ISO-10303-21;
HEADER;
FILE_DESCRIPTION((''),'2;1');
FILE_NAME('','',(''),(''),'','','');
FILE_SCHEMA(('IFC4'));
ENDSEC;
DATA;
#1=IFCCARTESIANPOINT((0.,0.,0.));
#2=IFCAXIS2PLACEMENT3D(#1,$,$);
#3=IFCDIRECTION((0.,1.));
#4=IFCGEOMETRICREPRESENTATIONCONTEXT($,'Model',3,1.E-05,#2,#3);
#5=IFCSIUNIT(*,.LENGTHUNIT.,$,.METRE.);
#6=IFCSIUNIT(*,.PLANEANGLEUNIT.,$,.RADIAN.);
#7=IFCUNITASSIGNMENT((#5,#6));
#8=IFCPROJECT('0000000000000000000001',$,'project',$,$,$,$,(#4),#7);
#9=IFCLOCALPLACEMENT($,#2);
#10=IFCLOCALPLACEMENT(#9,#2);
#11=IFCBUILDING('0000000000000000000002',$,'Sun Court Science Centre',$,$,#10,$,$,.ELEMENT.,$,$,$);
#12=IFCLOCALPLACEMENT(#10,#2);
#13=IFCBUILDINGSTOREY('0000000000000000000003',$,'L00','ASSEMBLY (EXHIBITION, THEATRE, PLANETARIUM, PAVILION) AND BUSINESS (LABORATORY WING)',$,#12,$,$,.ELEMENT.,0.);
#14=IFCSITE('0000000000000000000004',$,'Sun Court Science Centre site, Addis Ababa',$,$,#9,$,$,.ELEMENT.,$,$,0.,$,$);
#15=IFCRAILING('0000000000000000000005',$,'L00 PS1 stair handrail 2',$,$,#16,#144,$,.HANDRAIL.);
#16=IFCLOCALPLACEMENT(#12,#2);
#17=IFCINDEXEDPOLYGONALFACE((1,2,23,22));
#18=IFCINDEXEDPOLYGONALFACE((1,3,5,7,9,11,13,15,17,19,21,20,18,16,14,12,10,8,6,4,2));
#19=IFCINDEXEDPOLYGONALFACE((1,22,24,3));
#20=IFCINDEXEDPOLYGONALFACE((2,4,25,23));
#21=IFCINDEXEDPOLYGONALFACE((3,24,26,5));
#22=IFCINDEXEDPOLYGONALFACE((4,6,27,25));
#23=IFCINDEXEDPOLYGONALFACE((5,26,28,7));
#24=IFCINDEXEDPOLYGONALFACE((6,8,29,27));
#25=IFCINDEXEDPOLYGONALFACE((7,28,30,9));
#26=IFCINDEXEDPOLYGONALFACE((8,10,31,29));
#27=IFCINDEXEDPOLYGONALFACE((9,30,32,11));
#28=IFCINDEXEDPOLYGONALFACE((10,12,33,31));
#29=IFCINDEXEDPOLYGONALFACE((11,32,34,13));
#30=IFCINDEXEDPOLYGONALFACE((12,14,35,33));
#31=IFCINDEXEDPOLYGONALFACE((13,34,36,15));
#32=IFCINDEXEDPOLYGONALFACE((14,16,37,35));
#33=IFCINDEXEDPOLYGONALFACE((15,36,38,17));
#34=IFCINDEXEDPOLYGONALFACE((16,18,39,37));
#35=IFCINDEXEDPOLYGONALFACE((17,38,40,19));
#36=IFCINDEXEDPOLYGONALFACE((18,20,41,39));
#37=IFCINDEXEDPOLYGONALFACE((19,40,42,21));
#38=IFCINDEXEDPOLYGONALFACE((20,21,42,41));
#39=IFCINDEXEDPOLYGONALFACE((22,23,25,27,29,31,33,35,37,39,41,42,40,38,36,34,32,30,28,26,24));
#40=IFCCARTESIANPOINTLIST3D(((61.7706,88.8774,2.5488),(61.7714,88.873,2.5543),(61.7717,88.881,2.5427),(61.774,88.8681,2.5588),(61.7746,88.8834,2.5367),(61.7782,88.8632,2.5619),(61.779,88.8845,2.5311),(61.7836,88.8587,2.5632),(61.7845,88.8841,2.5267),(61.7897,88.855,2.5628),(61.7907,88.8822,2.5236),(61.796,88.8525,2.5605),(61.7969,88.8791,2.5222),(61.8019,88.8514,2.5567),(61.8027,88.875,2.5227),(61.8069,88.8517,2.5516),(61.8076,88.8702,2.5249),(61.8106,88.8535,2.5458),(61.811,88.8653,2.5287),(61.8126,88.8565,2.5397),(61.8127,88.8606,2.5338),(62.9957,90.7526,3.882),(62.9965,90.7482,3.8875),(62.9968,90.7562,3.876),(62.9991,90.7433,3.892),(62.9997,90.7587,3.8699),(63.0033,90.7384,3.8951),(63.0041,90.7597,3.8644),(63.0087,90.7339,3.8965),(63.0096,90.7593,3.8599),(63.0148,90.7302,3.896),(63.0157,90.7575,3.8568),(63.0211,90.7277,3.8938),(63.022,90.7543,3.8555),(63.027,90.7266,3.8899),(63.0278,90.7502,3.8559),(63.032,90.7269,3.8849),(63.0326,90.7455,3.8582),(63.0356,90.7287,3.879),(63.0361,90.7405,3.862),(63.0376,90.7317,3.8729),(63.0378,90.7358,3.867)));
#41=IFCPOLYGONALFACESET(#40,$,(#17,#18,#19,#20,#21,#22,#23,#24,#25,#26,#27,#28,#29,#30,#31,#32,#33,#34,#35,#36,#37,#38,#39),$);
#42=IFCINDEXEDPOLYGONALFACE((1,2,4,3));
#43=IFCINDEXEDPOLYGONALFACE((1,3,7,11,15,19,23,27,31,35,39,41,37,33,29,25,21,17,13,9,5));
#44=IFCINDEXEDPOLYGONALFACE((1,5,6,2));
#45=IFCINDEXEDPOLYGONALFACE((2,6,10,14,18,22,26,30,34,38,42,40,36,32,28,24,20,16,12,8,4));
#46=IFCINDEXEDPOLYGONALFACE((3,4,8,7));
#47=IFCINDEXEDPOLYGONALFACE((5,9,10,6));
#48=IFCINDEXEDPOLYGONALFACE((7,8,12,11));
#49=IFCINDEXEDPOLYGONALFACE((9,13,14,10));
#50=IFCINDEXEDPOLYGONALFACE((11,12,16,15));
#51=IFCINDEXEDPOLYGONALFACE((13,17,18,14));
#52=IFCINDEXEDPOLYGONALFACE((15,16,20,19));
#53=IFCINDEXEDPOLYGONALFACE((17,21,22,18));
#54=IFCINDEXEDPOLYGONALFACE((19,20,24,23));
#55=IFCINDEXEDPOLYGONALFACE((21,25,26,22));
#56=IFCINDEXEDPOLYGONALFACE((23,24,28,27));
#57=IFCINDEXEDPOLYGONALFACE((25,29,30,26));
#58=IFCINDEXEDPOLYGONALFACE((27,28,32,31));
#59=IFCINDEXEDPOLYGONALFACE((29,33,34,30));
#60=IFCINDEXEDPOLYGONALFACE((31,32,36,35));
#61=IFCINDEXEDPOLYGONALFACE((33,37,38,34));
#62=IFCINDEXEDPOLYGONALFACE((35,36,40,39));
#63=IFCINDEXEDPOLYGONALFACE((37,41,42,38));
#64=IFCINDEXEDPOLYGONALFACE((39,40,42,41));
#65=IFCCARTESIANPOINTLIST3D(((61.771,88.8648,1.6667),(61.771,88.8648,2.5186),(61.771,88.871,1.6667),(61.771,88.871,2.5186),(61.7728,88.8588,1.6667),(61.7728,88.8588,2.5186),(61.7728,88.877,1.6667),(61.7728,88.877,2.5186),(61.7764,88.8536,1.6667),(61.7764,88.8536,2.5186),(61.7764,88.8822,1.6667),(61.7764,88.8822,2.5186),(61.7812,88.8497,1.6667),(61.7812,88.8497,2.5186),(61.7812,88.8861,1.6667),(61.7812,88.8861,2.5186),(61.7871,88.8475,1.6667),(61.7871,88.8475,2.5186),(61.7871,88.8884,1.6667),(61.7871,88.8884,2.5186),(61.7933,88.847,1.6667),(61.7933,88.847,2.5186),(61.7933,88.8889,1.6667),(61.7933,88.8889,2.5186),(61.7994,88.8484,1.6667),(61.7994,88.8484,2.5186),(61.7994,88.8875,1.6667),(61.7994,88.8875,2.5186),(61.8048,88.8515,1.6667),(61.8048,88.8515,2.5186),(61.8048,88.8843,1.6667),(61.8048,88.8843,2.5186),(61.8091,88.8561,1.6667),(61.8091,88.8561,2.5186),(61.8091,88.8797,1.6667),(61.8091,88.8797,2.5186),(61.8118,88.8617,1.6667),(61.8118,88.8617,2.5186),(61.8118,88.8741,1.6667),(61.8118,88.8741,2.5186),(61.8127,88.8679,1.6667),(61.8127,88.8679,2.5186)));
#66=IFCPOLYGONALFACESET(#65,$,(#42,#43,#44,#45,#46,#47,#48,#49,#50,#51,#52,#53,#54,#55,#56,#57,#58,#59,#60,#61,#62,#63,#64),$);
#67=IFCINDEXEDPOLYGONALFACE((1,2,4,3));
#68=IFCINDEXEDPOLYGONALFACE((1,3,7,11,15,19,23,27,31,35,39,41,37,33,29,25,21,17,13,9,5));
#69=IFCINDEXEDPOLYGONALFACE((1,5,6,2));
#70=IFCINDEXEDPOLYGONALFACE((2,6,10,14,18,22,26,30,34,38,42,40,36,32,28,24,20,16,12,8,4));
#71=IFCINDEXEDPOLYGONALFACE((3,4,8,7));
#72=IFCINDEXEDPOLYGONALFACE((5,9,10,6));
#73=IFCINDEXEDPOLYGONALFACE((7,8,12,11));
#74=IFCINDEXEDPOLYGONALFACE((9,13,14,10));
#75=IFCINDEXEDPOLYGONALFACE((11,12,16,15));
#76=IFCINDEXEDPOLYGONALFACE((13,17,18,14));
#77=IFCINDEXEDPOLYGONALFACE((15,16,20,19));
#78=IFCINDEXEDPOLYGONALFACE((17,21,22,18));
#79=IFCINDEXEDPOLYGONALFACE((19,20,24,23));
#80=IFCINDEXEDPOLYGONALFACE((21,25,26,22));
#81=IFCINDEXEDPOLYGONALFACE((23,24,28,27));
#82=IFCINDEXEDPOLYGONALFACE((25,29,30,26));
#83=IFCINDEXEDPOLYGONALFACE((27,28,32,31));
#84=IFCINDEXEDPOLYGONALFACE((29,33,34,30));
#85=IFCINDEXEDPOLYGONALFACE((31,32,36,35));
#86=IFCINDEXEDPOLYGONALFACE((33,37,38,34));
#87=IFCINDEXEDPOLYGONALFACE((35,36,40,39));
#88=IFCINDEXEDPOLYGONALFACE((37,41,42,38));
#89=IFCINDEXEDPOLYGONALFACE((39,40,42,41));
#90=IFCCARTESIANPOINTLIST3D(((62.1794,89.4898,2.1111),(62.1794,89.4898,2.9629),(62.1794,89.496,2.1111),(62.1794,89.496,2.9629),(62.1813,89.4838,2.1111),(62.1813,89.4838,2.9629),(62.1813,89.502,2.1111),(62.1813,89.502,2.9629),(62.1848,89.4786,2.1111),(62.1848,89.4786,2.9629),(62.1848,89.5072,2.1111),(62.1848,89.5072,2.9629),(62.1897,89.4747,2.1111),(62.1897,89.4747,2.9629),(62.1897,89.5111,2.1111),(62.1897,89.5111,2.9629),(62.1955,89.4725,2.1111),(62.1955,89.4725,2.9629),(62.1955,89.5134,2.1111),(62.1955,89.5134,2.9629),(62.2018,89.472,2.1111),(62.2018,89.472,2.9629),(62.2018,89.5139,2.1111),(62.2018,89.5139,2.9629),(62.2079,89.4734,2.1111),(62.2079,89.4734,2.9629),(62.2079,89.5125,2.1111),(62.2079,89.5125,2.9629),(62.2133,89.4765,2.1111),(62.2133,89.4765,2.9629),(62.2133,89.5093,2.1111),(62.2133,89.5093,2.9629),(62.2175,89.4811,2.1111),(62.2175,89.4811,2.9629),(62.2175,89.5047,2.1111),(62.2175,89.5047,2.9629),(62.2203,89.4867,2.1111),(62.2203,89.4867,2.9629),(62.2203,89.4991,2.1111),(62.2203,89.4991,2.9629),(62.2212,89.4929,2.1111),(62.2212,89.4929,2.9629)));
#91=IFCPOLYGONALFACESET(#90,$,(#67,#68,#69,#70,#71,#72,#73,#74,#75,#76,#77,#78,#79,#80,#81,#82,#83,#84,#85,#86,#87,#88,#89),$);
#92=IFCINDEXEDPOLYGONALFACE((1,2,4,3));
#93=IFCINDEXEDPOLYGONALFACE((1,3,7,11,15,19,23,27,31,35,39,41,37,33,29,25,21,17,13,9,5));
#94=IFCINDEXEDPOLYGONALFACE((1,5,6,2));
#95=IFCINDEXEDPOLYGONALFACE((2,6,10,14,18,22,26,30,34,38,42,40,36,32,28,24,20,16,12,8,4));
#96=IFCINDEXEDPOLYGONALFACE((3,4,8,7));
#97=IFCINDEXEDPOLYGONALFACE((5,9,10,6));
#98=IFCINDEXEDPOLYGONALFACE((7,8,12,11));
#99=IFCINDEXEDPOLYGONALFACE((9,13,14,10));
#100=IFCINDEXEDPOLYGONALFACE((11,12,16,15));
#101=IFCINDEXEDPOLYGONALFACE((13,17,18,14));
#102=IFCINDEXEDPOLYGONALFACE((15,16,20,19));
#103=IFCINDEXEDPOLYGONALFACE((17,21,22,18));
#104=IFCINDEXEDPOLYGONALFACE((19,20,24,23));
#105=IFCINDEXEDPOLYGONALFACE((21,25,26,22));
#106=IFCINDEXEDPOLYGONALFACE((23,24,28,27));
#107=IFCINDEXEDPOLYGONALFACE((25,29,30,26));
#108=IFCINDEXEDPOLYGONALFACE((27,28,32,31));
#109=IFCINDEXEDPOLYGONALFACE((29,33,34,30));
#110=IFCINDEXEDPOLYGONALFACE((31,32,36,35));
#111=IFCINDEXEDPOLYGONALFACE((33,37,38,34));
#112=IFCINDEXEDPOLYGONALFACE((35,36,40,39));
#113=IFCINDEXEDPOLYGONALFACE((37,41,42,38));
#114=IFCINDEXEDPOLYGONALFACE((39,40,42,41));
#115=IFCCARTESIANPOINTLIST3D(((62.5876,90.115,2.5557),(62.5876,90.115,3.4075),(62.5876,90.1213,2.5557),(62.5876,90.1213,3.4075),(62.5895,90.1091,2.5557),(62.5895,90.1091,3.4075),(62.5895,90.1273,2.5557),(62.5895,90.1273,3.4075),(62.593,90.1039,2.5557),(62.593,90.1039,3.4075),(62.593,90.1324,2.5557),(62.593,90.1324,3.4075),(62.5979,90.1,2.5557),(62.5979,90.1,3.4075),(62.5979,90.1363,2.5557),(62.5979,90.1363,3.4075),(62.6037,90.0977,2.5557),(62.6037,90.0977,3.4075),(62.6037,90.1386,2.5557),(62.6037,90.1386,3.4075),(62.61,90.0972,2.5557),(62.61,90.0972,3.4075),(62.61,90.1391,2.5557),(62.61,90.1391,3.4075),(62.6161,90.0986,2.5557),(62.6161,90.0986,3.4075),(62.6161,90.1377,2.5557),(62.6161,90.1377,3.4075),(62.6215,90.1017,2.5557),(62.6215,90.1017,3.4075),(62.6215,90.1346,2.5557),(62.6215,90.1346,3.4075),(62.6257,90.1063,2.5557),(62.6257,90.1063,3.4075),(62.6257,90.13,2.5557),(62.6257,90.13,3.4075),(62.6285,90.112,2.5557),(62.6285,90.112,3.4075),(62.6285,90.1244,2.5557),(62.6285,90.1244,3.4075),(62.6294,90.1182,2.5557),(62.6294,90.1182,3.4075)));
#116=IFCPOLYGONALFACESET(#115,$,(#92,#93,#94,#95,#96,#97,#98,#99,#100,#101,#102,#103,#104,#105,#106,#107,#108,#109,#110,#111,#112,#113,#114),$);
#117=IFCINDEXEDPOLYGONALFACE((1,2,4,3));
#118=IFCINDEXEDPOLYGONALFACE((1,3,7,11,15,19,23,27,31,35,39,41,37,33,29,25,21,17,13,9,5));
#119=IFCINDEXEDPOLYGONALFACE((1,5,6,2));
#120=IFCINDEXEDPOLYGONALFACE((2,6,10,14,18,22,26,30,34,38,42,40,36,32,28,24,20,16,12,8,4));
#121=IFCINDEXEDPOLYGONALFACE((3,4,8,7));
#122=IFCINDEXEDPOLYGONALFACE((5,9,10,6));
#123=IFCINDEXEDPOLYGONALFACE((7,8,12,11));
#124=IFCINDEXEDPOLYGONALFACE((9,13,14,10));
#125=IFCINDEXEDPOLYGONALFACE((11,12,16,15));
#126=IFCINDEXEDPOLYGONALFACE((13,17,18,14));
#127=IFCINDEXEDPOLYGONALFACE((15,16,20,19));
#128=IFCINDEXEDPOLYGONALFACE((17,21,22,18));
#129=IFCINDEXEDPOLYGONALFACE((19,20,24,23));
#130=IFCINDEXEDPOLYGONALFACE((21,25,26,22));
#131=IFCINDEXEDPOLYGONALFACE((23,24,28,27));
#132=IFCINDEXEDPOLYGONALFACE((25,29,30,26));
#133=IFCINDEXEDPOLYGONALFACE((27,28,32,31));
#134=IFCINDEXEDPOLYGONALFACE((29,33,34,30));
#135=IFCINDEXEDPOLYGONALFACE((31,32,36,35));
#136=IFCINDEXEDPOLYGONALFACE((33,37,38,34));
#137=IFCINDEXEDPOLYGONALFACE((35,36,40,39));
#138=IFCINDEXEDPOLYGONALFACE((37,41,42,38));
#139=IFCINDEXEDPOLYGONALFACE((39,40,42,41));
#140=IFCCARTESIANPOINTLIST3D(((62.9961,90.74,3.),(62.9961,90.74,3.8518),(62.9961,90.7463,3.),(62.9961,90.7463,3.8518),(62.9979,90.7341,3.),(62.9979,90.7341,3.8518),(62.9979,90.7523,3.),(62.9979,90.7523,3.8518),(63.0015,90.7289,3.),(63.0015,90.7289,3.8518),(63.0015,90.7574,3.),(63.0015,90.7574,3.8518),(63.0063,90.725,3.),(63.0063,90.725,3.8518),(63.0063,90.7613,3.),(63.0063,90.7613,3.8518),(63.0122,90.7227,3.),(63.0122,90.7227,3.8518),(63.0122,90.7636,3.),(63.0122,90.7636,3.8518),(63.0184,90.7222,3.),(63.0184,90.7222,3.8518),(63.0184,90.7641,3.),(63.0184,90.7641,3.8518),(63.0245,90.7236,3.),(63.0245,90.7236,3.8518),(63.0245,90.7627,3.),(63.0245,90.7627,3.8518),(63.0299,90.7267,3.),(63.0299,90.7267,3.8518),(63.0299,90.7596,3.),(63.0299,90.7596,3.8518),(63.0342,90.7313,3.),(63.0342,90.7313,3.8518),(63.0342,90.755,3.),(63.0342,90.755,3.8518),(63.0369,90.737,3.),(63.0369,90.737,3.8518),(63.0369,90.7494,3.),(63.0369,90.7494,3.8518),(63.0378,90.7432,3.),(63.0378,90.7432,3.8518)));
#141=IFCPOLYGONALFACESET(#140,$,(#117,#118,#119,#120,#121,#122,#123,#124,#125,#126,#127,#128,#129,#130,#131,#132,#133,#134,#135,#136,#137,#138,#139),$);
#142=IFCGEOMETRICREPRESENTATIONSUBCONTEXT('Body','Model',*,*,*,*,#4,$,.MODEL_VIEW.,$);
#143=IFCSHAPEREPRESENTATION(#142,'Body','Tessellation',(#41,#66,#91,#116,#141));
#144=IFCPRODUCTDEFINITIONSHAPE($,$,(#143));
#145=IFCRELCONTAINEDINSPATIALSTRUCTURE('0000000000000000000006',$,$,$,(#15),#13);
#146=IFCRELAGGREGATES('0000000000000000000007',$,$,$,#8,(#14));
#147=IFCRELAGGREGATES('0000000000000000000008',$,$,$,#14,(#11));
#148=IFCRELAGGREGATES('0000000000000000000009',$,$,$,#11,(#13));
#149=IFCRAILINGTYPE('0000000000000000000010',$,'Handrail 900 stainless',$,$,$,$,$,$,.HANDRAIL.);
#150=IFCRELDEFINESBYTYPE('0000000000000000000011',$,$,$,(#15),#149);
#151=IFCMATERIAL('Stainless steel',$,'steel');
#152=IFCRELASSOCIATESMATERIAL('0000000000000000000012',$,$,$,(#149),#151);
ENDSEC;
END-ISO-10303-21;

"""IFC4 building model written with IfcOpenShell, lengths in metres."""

from ifc_helpers import new_model, si_unit, direction, frame, origin, origin_2d, place, context, subcontext, project, spatial, circle, extrude, material, type_object, element, save


model = new_model("IFC4")

# Units and contexts
model_context = context("Model", 3, precision=1e-05, world=origin(), true_north=direction((0.0, 1.0)))
body_context = subcontext(model_context, "Body", "Model", "MODEL_VIEW")
ifc_project = project(units=[si_unit("LENGTHUNIT", "METRE"), si_unit("PLANEANGLEUNIT", "RADIAN")], contexts=[model_context])

# Site, building, storey
site_placement = place(None, origin())
site = spatial("IfcSite", under=ifc_project, at=site_placement, Name="Sun Court Science Centre site, Addis Ababa", CompositionType="ELEMENT", RefElevation=0.0)
building_placement = place(site_placement, origin())
building = spatial("IfcBuilding", under=site, at=building_placement, Name="Sun Court Science Centre", CompositionType="ELEMENT")
storey_placement = place(building_placement, origin())
storey = spatial("IfcBuildingStorey", under=building, at=storey_placement, Name="L00", Description="ASSEMBLY (EXHIBITION, THEATRE, PLANETARIUM, PAVILION) AND BUSINESS (LABORATORY WING)", CompositionType="ELEMENT", Elevation=0.0)

# Railing
ifc_material_1 = material(Name="Stainless steel", Category="steel")
railing_type_1 = type_object("IfcRailingType", Name="Handrail 900 stainless", PredefinedType="HANDRAIL", material=ifc_material_1)
for number, where, name in (
    (1, (61.7917, 88.8679, 1.6667), "L00 PS1 stair handrail 2"),
):
    element("IfcRailing", number, at=place(storey_placement, frame(where)), inside=storey, type_object=railing_type_1, Name=name, PredefinedType="HANDRAIL", context=body_context, shape_type="SweptSolid", body=[
        extrude(circle(Radius=0.0239, at=origin_2d()), frame((0.0, 0.0, 0.876), z_axis=(0.469978, 0.71939, 0.511468), x_axis=(-0.837179, 0.546929, 0.0)), (0.0, 0.0, 1.0), 2.6067),
        extrude(circle(Radius=0.021, at=origin_2d()), origin(), (0.0, 0.0, 1.0), 0.8518),
        extrude(circle(Radius=0.021, at=origin_2d()), frame((0.4084, 0.625, 0.4443)), (0.0, 0.0, 1.0), 0.8518),
        extrude(circle(Radius=0.021, at=origin_2d()), frame((0.8167, 1.2502, 0.8889)), (0.0, 0.0, 1.0), 0.8518),
        extrude(circle(Radius=0.021, at=origin_2d()), frame((1.2251, 1.8752, 1.3333)), (0.0, 0.0, 1.0), 0.8518),
    ])

save(model, "model.ifc")
